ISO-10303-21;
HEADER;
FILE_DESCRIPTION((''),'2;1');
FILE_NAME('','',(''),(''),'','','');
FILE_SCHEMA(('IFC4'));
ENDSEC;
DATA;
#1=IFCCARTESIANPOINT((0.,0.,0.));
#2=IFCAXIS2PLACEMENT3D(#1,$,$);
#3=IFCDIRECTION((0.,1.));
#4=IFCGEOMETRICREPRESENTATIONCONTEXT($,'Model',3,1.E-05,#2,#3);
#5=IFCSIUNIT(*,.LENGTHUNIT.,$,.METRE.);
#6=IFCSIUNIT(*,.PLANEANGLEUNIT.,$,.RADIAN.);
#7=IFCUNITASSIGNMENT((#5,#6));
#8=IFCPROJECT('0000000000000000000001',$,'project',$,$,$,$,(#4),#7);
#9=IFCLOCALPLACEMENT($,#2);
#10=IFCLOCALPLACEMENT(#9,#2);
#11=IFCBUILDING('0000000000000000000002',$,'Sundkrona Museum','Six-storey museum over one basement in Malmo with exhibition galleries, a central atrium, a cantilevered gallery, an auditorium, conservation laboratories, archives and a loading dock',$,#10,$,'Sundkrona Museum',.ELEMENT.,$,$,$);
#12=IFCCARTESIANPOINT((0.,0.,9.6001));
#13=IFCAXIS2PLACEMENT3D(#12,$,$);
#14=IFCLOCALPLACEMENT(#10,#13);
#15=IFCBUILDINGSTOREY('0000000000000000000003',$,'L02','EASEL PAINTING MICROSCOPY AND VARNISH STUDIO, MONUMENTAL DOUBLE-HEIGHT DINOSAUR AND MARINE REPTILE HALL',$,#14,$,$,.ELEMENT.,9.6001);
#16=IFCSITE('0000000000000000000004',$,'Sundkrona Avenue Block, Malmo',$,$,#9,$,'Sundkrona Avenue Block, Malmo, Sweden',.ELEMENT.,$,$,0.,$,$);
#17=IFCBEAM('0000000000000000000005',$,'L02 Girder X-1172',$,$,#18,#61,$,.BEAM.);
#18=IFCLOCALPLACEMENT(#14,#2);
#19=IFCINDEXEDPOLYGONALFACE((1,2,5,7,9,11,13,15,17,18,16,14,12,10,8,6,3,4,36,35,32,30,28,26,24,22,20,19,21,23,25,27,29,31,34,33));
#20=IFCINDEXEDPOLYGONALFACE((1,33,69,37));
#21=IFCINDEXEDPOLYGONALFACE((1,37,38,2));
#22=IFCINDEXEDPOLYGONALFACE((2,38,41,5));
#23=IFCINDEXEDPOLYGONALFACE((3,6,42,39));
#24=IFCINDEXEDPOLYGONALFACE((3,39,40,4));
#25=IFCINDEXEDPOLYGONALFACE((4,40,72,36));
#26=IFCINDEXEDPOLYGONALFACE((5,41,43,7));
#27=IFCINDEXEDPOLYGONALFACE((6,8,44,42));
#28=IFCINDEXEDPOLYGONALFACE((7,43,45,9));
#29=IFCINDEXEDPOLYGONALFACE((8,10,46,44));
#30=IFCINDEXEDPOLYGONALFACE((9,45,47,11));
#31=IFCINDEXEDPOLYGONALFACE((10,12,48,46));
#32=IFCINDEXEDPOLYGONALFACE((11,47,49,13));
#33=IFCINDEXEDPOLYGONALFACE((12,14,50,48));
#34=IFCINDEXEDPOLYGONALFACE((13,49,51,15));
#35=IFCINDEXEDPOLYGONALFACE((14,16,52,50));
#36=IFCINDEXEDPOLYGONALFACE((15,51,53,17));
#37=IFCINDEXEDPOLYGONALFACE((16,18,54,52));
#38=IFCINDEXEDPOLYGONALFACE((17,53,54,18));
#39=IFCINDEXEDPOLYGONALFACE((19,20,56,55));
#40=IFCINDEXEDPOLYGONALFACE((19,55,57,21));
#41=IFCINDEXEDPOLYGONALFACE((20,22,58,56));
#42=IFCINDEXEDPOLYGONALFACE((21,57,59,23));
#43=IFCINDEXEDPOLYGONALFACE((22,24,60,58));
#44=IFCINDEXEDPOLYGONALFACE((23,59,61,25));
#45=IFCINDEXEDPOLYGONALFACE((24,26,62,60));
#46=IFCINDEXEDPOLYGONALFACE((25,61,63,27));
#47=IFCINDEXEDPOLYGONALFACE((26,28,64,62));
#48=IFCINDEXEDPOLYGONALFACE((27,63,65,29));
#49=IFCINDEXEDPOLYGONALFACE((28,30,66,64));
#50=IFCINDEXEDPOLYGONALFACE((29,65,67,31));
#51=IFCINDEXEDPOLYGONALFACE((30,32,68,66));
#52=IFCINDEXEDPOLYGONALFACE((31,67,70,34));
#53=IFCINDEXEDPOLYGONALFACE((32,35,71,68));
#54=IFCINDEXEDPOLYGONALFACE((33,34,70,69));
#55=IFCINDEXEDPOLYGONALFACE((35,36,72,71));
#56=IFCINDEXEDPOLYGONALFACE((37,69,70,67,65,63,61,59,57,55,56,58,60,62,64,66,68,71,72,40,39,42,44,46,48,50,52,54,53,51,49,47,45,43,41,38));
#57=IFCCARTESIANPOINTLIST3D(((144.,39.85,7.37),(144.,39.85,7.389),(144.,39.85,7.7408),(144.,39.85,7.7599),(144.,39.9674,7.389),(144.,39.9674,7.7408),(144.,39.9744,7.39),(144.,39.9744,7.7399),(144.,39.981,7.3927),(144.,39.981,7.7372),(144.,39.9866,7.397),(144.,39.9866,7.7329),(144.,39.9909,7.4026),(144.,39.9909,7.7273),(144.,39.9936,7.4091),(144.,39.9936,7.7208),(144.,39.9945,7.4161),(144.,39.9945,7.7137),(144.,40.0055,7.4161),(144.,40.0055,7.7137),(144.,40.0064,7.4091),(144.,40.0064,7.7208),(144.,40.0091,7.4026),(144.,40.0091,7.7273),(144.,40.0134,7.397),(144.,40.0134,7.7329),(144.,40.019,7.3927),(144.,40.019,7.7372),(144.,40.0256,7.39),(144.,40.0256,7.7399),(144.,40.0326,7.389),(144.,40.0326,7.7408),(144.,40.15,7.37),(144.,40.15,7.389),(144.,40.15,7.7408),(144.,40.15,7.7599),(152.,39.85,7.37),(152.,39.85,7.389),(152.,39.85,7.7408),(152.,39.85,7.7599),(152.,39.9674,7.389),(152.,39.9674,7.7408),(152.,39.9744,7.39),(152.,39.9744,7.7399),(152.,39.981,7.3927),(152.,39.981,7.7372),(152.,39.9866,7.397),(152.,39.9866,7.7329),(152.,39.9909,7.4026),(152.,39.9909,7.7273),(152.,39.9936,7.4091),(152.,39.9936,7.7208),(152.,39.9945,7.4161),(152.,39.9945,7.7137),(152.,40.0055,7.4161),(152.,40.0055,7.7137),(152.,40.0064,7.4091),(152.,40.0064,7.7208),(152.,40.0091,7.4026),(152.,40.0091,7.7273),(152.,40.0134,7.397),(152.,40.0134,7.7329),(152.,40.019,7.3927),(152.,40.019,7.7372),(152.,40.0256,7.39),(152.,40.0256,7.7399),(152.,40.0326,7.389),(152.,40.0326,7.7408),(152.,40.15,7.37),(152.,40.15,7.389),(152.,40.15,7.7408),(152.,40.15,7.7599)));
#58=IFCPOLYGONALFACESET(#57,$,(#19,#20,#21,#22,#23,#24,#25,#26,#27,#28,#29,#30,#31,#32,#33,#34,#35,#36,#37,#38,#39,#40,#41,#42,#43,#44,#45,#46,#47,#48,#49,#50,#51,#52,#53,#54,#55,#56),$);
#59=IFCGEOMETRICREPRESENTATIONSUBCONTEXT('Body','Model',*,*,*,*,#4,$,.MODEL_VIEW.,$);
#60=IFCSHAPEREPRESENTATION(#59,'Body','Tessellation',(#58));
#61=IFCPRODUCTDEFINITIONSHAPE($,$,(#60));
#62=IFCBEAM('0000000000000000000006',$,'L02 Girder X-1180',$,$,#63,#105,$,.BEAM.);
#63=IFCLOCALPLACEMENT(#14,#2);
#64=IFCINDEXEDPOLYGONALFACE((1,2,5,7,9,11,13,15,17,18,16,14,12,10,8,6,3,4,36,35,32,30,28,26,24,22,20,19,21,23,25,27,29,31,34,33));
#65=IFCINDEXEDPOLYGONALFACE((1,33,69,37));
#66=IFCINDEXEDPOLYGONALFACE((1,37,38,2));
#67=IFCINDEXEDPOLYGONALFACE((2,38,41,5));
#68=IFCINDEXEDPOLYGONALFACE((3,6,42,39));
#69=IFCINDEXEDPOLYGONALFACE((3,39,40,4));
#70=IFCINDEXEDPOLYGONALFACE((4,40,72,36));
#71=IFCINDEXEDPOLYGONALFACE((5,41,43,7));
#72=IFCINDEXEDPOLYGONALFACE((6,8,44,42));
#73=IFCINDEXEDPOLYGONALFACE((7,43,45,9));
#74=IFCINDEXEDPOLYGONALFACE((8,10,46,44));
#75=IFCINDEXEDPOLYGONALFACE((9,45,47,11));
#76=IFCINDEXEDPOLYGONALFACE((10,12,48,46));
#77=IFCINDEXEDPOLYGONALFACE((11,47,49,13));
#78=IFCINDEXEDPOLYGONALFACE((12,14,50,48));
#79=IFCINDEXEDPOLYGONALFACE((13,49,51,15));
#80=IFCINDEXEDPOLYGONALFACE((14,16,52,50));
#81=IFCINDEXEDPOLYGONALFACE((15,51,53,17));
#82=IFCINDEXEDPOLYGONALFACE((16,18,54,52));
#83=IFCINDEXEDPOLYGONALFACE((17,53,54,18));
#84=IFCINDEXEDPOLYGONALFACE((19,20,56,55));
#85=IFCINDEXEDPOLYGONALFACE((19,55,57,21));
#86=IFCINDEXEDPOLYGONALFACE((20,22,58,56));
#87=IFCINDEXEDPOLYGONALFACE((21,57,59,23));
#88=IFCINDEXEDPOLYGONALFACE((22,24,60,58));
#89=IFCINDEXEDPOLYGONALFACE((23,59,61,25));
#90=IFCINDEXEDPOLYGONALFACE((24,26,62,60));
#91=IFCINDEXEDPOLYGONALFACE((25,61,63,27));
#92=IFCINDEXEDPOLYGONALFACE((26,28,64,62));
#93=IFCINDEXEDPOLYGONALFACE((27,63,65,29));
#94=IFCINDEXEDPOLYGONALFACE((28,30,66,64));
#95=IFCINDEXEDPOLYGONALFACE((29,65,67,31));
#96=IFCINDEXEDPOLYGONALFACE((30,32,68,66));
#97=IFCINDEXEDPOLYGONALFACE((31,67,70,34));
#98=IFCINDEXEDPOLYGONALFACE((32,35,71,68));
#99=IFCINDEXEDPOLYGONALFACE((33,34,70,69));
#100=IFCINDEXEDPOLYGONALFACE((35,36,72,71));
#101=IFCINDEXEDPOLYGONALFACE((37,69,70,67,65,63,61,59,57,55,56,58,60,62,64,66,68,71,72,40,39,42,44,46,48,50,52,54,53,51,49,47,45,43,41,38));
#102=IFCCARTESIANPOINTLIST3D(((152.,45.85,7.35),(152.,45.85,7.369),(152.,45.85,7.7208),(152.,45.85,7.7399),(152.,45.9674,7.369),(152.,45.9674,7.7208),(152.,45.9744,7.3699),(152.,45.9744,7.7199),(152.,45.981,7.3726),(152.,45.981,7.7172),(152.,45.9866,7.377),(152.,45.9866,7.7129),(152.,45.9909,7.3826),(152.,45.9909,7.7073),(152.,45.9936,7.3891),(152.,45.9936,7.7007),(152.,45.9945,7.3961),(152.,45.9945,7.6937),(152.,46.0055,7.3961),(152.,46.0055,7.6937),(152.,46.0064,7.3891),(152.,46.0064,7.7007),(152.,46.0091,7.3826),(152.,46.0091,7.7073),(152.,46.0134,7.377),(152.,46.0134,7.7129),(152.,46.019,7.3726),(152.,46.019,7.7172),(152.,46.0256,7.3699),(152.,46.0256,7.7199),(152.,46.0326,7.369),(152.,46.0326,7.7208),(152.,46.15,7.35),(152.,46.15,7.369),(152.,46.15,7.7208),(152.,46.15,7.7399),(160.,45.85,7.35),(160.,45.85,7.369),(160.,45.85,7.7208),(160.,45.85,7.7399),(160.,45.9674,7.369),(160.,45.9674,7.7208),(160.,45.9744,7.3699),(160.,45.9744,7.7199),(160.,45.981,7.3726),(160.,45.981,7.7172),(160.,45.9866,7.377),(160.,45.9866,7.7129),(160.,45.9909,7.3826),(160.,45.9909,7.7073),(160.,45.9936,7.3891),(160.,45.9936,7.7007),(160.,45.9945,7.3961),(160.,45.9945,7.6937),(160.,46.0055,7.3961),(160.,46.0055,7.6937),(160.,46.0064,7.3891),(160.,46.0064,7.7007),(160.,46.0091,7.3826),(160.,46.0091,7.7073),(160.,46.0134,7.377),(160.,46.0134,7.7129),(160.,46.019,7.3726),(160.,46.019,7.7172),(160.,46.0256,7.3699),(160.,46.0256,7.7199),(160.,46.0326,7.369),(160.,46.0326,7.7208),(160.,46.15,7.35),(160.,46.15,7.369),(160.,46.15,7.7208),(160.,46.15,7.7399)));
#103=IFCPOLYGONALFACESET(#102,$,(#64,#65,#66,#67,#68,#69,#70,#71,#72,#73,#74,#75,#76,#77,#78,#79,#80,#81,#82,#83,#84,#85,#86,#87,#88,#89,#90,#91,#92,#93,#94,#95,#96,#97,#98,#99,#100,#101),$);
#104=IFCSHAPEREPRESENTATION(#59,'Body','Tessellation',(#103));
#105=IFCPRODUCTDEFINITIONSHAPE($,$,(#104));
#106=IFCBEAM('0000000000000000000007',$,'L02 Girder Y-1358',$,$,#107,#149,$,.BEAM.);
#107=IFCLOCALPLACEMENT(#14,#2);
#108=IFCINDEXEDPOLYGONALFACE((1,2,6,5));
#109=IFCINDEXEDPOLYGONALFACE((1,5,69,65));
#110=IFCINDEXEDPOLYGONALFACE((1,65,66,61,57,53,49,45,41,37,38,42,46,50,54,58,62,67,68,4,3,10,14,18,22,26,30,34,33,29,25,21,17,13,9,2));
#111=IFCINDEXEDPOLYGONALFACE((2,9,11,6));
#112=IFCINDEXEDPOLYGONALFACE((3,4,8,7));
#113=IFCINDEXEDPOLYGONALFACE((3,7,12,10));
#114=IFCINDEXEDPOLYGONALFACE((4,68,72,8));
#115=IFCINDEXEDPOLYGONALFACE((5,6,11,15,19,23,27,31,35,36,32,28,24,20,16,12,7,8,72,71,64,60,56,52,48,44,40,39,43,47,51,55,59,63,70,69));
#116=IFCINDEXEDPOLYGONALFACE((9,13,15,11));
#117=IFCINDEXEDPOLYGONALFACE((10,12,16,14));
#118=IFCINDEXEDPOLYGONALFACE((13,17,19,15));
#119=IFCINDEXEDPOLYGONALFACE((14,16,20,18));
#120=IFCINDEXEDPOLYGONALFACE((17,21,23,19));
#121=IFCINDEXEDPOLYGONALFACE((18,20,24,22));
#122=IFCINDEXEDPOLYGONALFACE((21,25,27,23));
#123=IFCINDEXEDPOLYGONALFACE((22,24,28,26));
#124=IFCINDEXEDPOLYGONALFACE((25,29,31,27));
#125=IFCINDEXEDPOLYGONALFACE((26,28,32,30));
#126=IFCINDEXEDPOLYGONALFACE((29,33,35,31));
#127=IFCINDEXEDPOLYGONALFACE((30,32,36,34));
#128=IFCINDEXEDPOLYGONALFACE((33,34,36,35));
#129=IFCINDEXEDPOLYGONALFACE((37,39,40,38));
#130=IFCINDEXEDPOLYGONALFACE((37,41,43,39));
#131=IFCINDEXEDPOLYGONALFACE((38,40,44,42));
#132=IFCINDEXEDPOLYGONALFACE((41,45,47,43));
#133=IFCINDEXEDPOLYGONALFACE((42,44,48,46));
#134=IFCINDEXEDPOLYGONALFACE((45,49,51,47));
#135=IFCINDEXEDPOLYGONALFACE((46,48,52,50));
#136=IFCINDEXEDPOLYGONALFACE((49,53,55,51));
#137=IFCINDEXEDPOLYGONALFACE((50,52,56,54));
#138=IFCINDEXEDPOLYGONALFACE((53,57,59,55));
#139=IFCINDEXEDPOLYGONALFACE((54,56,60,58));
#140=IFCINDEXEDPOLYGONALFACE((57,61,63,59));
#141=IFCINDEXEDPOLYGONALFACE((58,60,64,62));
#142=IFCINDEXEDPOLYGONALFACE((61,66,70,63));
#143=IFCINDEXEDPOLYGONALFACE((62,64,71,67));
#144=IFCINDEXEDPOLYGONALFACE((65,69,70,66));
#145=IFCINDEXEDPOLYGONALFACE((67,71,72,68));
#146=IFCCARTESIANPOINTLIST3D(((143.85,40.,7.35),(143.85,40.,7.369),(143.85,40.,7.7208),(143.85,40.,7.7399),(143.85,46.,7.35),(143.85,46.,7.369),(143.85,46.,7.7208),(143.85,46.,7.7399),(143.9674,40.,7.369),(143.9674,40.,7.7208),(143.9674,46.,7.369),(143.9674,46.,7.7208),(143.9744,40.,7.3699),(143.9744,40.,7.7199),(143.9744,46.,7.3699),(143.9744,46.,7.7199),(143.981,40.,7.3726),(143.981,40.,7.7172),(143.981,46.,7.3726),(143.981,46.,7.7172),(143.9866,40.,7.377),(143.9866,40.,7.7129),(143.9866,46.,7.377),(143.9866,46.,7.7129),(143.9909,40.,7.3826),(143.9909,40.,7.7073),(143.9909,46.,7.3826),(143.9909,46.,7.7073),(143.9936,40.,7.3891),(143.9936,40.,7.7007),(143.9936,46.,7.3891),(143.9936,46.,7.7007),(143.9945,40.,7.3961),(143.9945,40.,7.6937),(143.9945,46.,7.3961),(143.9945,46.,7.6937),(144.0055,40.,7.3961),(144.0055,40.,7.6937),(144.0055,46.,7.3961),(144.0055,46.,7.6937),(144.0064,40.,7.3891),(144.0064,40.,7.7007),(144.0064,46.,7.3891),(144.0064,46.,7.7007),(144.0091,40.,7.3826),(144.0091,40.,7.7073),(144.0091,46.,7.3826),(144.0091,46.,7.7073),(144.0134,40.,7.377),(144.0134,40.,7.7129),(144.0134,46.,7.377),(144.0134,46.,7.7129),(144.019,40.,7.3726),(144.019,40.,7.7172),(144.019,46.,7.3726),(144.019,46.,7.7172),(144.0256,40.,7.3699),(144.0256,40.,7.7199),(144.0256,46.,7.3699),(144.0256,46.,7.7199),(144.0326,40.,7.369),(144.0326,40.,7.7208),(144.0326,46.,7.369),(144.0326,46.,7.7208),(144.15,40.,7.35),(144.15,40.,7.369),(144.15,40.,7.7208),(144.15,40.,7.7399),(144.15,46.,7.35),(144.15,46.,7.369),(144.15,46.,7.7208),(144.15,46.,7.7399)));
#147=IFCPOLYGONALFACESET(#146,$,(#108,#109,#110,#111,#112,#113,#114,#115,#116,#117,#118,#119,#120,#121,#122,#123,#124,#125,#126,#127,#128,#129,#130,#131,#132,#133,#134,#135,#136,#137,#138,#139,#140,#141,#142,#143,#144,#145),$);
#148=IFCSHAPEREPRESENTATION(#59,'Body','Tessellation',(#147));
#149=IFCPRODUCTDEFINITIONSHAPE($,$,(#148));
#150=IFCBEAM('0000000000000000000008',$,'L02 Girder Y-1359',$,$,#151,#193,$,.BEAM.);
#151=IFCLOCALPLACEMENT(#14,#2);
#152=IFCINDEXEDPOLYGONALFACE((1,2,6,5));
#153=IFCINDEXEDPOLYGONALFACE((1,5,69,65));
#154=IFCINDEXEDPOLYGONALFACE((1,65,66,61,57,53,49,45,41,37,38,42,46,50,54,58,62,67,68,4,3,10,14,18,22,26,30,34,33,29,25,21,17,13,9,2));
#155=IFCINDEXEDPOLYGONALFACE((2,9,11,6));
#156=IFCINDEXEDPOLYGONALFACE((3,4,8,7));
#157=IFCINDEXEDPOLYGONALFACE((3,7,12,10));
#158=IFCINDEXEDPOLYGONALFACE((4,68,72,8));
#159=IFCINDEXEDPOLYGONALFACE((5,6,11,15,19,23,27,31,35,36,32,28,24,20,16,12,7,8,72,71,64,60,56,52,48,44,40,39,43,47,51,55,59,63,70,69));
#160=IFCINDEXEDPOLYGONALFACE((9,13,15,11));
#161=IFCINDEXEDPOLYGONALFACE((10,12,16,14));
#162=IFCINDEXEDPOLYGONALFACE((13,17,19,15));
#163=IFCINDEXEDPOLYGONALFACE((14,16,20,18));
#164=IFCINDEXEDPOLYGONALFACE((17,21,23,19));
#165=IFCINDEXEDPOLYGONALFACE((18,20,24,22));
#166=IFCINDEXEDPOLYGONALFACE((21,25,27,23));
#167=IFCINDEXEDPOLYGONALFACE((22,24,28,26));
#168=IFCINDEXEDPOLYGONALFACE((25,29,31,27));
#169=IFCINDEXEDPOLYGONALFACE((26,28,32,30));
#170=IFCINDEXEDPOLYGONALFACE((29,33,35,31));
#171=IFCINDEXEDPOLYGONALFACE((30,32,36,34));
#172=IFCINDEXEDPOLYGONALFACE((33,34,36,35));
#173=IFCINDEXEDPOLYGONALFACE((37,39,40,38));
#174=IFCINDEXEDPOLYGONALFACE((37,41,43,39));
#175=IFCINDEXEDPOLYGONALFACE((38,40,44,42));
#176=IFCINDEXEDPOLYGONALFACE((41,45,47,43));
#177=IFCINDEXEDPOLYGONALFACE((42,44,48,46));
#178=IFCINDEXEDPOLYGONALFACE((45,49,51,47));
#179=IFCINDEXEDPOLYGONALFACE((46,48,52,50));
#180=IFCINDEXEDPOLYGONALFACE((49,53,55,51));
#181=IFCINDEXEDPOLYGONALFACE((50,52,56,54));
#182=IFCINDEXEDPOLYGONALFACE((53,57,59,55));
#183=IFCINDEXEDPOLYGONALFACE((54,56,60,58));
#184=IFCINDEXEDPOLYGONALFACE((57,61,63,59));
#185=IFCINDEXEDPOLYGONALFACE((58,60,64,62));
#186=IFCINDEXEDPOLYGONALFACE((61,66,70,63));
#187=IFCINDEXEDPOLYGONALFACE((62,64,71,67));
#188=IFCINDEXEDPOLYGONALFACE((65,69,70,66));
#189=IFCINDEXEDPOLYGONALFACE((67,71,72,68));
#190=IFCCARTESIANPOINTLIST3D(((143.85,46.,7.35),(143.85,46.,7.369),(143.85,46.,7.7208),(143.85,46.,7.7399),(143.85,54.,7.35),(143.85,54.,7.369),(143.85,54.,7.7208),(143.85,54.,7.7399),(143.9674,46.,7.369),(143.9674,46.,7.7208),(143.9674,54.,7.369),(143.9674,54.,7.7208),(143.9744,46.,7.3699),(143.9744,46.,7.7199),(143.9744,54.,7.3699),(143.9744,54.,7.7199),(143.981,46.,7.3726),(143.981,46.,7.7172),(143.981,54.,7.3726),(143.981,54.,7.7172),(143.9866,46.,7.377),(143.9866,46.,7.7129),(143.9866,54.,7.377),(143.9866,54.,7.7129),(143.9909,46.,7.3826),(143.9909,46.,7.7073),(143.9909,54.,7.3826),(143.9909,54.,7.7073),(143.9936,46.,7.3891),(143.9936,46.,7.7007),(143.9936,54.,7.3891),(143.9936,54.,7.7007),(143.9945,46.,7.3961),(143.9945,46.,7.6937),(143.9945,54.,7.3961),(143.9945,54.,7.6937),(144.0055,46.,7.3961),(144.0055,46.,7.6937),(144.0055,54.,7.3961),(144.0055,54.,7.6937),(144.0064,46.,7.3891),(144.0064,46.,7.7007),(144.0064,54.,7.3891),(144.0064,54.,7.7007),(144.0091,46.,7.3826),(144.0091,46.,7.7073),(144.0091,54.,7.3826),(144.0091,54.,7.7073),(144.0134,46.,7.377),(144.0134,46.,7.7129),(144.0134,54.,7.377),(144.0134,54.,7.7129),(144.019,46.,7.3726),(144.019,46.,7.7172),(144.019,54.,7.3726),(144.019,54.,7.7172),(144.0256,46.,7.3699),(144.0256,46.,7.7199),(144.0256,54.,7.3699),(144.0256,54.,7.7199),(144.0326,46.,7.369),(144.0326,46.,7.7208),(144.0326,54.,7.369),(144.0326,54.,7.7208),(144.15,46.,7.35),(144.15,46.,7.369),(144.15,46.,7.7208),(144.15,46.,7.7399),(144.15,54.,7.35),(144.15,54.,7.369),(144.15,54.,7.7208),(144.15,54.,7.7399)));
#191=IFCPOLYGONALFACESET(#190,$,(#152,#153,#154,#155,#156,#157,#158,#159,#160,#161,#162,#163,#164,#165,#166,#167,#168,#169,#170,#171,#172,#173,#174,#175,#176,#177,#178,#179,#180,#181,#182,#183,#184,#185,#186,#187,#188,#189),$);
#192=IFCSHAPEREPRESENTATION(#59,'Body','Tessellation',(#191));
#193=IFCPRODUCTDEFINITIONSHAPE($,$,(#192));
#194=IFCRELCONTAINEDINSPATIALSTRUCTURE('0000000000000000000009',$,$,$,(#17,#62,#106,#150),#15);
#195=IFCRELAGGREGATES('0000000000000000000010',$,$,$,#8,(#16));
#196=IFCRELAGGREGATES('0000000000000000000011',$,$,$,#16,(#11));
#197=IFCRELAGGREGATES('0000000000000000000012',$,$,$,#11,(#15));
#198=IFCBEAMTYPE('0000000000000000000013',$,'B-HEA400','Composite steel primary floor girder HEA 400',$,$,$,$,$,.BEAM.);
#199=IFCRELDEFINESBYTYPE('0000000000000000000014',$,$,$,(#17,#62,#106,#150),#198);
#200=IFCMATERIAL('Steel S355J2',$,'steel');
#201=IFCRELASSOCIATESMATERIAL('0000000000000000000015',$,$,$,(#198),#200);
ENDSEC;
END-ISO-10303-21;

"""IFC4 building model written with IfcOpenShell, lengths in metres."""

from ifc_helpers import new_model, si_unit, direction, frame, origin, origin_2d, place, context, subcontext, project, spatial, i_section, extrude, material, material_profile, profile_set, type_object, element, save


model = new_model("IFC4")

# Units and contexts
model_context = context("Model", 3, precision=1e-05, world=origin(), true_north=direction((0.0, 1.0)))
body_context = subcontext(model_context, "Body", "Model", "MODEL_VIEW")
ifc_project = project(units=[si_unit("LENGTHUNIT", "METRE"), si_unit("PLANEANGLEUNIT", "RADIAN")], contexts=[model_context])

# Site, building, storey
site_placement = place(None, origin())
site = spatial("IfcSite", under=ifc_project, at=site_placement, Name="Sundkrona Avenue Block, Malmo", LongName="Sundkrona Avenue Block, Malmo, Sweden", CompositionType="ELEMENT", RefElevation=0.0)
building_placement = place(site_placement, origin())
building = spatial("IfcBuilding", under=site, at=building_placement, Name="Sundkrona Museum", Description="Six-storey museum over one basement in Malmo with exhibition galleries, a central atrium, a cantilevered gallery, an auditorium, conservation laboratories, archives and a loading dock", LongName="Sundkrona Museum", CompositionType="ELEMENT")
storey_placement = place(building_placement, frame((0.0, 0.0, 9.6001)))
storey = spatial("IfcBuildingStorey", under=building, at=storey_placement, Name="L02", Description="EASEL PAINTING MICROSCOPY AND VARNISH STUDIO, MONUMENTAL DOUBLE-HEIGHT DINOSAUR AND MARINE REPTILE HALL", CompositionType="ELEMENT", Elevation=9.6001)

# Shared definitions
ifc_material_1 = material(Name="Steel S355J2", Category="steel")

# Beams
ifc_material_profile_1 = material_profile(ifc_material_1, i_section(OverallWidth=0.3, OverallDepth=0.3899, WebThickness=0.011, FlangeThickness=0.019, FilletRadius=0.0271, at=origin_2d()), Name="HEA 400")
ifc_profile_set_1 = profile_set([ifc_material_profile_1], Name="Steel S355J2")
beam_type_1 = type_object("IfcBeamType", Name="B-HEA400", Description="Composite steel primary floor girder HEA 400", PredefinedType="BEAM", material=ifc_profile_set_1)
for number, where, z_axis, x_axis, name in (
    (1, (144.0, 40.0, 7.5649), (1.0, 0.0, 0.0), (0.0, 1.0, 0.0), "L02 Girder X-1172"),
    (2, (152.0, 46.0, 7.5449), (1.0, 0.0, 0.0), (0.0, 1.0, 0.0), "L02 Girder X-1180"),
):
    element("IfcBeam", number, at=place(storey_placement, frame(where, z_axis=z_axis, x_axis=x_axis)), inside=storey, type_object=beam_type_1, Name=name, PredefinedType="BEAM", context=body_context, shape_type="SweptSolid", body=[
        extrude(i_section(OverallWidth=0.3, OverallDepth=0.3899, WebThickness=0.011, FlangeThickness=0.019, FilletRadius=0.0271, at=origin_2d()), origin(), (0.0, 0.0, 1.0), 8.0),
    ])
beam_1_placement = place(storey_placement, frame((144.0, 40.0, 7.5449), z_axis=(0.0, 1.0, 0.0), x_axis=(-1.0, 0.0, 0.0)))
element("IfcBeam", 3, at=beam_1_placement, inside=storey, type_object=beam_type_1, Name="L02 Girder Y-1358", PredefinedType="BEAM", context=body_context, shape_type="SweptSolid", body=[
    extrude(i_section(OverallWidth=0.3, OverallDepth=0.3899, WebThickness=0.011, FlangeThickness=0.019, FilletRadius=0.0271, at=origin_2d()), origin(), (0.0, 0.0, 1.0), 6.0),
])
beam_2_placement = place(storey_placement, frame((144.0, 46.0, 7.5449), z_axis=(0.0, 1.0, 0.0), x_axis=(-1.0, 0.0, 0.0)))
element("IfcBeam", 4, at=beam_2_placement, inside=storey, type_object=beam_type_1, Name="L02 Girder Y-1359", PredefinedType="BEAM", context=body_context, shape_type="SweptSolid", body=[
    extrude(i_section(OverallWidth=0.3, OverallDepth=0.3899, WebThickness=0.011, FlangeThickness=0.019, FilletRadius=0.0271, at=origin_2d()), origin(), (0.0, 0.0, 1.0), 8.0),
])

save(model, "model.ifc")
